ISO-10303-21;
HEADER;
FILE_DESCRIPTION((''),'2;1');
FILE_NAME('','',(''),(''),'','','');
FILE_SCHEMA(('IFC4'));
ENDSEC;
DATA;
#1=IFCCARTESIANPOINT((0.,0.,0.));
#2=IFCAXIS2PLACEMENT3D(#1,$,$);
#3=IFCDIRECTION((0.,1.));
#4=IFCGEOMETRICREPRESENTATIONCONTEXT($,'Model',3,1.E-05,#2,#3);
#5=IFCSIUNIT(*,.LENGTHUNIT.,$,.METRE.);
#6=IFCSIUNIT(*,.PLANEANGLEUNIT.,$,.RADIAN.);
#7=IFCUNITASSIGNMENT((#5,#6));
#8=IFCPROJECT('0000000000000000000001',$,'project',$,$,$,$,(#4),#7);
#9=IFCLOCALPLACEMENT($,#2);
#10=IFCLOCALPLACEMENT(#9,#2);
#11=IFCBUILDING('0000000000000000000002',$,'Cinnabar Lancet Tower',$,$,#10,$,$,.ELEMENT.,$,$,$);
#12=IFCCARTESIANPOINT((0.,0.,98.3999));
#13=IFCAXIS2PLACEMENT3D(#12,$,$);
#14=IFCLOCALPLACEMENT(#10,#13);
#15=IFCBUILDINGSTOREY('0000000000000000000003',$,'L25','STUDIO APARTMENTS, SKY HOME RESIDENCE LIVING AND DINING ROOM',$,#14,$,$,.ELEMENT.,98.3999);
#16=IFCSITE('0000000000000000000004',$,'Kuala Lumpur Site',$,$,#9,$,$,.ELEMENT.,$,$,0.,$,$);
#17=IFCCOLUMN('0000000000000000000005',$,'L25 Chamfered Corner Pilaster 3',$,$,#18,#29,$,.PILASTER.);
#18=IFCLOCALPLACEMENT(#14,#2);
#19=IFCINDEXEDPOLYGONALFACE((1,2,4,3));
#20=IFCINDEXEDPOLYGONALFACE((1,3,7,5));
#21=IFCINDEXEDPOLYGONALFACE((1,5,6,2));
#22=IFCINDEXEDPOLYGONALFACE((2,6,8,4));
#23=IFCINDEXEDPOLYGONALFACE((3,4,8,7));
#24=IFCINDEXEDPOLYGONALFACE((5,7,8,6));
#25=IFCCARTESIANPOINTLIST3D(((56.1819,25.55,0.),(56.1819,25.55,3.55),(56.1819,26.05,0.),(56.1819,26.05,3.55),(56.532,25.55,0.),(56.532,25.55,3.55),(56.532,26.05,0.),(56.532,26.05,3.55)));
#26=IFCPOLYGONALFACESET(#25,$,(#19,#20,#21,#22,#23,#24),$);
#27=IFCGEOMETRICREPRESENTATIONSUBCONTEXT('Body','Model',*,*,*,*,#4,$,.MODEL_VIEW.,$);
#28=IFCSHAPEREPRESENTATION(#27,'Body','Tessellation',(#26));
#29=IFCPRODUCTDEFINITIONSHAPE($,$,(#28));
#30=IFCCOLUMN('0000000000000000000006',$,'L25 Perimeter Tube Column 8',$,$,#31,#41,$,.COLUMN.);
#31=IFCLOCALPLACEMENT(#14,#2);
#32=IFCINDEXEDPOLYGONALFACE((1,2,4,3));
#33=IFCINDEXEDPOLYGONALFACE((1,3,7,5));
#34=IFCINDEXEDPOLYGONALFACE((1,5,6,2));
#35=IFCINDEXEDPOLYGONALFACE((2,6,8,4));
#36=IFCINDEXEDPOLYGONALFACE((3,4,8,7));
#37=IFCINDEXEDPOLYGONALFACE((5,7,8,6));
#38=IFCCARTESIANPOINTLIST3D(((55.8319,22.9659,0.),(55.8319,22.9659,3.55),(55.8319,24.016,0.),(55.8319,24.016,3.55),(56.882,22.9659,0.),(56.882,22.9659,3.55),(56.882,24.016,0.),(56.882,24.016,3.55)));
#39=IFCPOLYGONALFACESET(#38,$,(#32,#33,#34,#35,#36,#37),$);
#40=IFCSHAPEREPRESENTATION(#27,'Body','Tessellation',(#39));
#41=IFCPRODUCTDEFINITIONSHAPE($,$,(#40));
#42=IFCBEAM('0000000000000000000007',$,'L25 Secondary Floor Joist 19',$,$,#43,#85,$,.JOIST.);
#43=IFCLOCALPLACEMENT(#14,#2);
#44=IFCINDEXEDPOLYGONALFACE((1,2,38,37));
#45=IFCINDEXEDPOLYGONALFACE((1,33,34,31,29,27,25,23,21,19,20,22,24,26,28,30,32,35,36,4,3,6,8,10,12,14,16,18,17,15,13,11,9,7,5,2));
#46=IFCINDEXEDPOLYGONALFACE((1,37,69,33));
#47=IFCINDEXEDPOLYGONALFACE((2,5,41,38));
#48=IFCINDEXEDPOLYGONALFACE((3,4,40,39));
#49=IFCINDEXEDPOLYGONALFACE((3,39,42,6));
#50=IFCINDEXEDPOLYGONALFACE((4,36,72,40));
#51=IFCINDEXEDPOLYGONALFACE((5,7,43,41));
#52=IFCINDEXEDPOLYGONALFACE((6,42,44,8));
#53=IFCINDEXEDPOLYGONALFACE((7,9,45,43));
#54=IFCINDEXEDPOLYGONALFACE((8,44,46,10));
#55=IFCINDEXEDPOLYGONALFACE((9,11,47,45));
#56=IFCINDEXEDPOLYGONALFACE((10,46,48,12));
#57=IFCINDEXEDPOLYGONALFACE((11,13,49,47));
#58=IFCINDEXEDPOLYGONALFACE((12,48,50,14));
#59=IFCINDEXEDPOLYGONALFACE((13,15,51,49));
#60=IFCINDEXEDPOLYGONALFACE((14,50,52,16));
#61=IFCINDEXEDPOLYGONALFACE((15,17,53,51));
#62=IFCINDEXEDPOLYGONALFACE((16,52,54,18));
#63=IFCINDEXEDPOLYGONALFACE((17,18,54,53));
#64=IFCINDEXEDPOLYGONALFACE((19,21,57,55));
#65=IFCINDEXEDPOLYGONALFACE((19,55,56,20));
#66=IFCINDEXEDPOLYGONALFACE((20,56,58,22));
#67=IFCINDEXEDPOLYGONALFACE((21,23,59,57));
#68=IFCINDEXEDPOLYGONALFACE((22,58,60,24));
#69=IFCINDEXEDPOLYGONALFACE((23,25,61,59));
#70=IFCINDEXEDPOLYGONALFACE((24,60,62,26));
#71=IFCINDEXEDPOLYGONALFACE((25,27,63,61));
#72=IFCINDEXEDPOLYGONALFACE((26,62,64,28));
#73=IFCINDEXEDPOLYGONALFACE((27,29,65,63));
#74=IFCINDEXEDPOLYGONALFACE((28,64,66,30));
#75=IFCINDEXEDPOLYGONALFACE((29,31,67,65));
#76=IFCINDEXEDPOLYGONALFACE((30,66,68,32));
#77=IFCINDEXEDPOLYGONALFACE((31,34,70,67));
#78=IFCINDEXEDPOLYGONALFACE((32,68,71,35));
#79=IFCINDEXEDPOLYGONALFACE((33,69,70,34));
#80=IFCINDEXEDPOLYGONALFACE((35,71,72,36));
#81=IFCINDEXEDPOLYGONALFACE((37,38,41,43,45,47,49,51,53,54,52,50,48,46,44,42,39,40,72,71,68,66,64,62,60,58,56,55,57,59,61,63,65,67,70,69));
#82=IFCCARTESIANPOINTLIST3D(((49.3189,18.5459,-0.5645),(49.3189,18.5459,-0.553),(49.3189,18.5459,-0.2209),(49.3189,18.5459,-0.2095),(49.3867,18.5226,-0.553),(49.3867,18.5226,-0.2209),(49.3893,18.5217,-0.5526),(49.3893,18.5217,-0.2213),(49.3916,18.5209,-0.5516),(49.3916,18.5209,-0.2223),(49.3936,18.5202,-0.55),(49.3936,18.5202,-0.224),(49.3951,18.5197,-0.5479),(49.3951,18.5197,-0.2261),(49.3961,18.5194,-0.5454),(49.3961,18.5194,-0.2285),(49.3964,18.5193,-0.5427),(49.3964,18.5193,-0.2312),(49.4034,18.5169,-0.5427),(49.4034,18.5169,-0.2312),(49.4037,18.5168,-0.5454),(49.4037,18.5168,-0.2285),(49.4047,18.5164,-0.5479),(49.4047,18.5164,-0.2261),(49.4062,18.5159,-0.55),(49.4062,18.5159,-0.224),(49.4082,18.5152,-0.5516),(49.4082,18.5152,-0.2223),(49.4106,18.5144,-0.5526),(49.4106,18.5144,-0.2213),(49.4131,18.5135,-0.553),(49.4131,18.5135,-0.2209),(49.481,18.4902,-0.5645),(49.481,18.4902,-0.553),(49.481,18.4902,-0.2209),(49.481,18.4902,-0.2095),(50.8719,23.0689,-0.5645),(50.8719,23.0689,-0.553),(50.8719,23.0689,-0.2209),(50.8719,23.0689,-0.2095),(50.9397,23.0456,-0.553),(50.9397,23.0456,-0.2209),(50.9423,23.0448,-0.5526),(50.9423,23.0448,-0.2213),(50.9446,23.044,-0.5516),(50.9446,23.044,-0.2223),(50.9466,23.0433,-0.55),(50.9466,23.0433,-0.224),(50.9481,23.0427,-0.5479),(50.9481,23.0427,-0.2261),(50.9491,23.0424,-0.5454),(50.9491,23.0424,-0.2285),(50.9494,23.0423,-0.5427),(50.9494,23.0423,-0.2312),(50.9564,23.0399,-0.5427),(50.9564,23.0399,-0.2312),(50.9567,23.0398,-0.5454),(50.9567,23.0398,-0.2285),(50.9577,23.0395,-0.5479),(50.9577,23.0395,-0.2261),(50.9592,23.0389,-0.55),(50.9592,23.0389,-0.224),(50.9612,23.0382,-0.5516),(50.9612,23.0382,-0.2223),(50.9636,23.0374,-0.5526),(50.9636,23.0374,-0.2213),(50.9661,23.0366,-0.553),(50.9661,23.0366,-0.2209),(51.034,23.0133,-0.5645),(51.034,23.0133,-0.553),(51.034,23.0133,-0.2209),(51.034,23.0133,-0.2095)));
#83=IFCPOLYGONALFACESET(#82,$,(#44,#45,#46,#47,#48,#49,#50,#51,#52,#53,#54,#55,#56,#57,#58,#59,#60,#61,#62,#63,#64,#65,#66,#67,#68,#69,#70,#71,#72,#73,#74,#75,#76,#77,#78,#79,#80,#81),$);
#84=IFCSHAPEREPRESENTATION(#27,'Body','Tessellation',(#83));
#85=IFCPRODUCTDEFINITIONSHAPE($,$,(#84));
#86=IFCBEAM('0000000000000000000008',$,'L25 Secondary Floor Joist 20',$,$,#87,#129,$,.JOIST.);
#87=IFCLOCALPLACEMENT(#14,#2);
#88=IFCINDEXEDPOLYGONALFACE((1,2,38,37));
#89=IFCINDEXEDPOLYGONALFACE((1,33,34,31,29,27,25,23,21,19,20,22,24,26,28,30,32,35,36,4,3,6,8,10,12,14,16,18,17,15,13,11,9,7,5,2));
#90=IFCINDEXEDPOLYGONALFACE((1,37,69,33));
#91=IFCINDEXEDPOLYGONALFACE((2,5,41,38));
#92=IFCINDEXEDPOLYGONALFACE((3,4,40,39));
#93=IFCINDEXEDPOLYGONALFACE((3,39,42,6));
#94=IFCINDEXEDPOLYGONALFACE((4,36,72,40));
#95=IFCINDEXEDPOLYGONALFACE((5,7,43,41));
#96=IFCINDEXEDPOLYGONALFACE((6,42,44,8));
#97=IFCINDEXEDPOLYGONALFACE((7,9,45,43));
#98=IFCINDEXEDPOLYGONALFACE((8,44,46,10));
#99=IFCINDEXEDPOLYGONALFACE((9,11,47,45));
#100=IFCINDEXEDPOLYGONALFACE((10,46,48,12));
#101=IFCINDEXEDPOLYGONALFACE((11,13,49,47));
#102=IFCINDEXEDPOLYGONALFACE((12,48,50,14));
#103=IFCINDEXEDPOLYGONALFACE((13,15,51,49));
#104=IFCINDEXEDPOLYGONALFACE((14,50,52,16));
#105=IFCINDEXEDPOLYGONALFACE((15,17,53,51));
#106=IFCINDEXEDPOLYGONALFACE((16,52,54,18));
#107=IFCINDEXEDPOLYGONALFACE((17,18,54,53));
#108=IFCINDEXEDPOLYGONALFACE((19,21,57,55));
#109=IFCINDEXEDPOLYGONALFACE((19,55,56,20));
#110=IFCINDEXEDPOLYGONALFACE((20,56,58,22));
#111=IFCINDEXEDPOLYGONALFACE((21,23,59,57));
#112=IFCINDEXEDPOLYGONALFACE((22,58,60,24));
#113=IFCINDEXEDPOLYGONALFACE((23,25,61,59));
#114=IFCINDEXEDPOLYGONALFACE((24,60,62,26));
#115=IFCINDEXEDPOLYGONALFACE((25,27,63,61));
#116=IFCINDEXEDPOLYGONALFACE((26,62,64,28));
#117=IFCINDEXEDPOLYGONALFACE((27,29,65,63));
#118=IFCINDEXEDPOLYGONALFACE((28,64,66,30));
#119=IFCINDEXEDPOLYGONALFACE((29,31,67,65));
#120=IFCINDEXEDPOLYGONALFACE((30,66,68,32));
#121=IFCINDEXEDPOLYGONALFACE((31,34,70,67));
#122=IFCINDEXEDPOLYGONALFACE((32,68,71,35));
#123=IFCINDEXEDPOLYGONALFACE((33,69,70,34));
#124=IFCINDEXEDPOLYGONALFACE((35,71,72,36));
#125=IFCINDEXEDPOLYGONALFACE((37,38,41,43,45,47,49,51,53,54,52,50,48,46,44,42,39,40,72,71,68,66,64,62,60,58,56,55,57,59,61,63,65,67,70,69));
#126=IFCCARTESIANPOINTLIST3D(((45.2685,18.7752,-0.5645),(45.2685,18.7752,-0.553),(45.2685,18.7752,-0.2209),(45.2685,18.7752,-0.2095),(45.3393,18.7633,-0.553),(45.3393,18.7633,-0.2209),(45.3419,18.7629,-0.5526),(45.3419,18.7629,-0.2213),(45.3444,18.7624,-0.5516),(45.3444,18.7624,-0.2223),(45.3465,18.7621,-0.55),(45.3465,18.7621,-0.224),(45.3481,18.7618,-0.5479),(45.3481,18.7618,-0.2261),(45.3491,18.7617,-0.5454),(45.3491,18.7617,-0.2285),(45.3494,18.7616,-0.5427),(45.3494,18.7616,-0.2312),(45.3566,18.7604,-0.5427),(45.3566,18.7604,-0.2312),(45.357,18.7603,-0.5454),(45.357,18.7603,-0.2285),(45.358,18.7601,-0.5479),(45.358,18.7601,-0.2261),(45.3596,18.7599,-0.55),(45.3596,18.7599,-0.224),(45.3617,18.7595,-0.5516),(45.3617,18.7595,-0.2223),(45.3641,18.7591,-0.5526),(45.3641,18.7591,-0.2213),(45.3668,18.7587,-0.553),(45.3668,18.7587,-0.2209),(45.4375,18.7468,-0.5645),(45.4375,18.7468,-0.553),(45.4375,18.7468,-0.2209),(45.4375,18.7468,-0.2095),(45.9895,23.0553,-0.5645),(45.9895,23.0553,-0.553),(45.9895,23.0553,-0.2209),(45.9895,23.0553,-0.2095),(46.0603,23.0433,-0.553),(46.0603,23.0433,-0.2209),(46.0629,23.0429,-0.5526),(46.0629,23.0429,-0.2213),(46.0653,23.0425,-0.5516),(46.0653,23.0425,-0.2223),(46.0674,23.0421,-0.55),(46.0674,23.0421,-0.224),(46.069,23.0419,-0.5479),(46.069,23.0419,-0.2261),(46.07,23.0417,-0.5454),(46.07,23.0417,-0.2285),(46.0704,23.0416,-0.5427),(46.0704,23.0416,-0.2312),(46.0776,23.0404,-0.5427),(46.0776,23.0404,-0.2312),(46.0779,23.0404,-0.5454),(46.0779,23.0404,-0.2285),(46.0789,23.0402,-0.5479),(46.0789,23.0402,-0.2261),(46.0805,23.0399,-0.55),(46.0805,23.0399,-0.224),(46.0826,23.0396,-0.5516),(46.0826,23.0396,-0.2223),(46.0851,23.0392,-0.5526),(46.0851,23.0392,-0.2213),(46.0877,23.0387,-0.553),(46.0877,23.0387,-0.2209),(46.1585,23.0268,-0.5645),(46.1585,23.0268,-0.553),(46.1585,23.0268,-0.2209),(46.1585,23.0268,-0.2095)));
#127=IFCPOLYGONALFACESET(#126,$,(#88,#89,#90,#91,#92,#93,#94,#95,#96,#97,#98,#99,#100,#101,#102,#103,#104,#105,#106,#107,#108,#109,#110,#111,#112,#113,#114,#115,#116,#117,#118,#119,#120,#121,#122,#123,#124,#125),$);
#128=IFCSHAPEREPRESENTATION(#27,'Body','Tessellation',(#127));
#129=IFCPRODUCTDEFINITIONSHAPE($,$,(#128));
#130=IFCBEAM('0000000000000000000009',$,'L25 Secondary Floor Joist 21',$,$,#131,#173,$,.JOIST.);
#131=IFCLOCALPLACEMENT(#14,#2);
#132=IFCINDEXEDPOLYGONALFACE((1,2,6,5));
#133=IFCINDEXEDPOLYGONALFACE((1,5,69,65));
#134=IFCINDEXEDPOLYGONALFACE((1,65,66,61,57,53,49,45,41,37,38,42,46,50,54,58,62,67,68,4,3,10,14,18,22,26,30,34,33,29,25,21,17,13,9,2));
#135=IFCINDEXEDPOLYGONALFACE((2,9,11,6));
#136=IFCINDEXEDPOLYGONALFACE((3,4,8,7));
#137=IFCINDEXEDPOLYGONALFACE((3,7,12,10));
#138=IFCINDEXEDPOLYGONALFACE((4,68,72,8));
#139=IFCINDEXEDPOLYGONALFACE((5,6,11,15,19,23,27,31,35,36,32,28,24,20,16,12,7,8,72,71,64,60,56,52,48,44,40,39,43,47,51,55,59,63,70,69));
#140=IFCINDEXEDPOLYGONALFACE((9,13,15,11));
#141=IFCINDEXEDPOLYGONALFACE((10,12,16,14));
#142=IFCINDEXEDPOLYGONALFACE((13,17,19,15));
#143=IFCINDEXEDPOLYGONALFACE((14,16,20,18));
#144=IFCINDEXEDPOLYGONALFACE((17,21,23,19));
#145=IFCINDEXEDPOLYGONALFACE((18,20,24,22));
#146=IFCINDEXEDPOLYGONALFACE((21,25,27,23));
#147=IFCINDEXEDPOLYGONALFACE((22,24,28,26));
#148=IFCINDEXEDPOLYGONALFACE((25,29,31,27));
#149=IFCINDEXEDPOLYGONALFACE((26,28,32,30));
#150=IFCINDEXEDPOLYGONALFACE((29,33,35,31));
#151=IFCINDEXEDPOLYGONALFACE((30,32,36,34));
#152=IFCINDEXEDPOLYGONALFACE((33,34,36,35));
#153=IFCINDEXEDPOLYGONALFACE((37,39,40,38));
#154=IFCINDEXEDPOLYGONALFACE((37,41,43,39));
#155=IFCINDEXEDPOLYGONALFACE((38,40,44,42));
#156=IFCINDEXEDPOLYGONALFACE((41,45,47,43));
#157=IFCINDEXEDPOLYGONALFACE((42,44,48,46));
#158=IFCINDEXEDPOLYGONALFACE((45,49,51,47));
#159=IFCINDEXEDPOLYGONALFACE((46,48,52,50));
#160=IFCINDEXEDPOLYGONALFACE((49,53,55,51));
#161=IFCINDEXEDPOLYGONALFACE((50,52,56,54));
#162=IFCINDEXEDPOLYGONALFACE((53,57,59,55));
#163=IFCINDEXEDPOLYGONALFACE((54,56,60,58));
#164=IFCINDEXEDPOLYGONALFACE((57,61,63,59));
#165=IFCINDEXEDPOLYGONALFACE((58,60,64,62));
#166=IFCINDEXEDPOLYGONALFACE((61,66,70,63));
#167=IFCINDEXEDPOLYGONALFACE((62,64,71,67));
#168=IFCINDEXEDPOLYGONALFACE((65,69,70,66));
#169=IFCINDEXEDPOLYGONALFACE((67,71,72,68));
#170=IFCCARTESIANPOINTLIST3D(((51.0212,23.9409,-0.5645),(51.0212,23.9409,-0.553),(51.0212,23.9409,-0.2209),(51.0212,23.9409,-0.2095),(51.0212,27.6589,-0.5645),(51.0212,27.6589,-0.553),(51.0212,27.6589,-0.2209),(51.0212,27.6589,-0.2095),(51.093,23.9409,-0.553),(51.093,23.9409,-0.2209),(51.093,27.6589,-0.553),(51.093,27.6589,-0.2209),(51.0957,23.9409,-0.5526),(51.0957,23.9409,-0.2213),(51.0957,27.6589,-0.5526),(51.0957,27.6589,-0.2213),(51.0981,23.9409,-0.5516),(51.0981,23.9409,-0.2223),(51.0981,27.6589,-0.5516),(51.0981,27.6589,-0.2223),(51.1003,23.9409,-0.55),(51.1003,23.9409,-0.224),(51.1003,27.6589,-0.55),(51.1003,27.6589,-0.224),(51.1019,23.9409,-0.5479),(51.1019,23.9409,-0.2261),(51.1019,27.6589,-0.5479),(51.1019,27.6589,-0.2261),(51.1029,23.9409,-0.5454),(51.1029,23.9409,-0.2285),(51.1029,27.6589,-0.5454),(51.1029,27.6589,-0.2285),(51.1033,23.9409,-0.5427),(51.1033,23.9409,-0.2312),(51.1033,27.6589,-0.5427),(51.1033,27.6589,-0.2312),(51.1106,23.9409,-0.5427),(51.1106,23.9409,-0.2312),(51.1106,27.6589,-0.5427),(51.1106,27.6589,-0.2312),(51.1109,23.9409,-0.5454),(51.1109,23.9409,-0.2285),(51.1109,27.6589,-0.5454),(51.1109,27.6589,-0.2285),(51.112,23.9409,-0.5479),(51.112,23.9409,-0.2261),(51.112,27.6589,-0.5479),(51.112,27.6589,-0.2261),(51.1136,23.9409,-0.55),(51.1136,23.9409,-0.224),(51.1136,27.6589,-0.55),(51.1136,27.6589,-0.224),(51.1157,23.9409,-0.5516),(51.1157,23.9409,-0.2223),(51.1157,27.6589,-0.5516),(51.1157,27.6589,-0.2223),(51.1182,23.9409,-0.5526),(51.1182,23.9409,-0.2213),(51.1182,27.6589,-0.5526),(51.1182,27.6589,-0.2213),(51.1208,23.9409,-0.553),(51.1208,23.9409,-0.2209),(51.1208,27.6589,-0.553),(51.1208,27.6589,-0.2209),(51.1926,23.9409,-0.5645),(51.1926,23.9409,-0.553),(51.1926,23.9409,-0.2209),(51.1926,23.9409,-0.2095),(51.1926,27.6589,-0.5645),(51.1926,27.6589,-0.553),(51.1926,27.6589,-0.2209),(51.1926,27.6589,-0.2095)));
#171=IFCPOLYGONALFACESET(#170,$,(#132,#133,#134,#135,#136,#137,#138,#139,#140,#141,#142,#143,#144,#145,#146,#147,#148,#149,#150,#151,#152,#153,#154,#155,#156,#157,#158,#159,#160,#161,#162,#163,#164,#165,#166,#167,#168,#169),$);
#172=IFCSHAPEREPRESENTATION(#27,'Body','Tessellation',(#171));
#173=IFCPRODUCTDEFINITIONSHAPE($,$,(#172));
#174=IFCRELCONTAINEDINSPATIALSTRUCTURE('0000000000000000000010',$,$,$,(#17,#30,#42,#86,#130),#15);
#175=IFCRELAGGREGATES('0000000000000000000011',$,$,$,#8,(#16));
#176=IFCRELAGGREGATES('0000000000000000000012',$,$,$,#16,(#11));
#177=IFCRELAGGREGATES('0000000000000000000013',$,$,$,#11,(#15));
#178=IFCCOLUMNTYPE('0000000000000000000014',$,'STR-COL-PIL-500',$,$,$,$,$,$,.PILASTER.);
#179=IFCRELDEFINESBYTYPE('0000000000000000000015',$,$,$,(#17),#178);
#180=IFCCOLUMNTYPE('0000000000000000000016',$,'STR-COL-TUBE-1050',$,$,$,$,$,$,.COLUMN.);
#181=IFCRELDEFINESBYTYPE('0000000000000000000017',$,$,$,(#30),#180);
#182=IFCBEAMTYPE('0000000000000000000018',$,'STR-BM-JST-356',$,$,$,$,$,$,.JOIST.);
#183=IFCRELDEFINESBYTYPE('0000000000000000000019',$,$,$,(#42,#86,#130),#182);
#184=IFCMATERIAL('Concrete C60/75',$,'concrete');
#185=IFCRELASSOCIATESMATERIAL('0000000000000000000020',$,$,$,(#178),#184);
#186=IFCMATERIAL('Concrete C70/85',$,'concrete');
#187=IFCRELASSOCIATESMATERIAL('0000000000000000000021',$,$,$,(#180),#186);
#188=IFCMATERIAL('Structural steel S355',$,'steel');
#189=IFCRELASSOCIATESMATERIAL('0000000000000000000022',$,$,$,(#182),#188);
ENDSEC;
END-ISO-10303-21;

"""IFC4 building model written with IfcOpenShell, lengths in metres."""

from ifc_helpers import new_model, si_unit, direction, frame, origin, origin_2d, place, context, subcontext, project, spatial, rectangle, i_section, extrude, material, material_profile, profile_set, type_object, element, save


model = new_model("IFC4")

# Units and contexts
model_context = context("Model", 3, precision=1e-05, world=origin(), true_north=direction((0.0, 1.0)))
body_context = subcontext(model_context, "Body", "Model", "MODEL_VIEW")
ifc_project = project(units=[si_unit("LENGTHUNIT", "METRE"), si_unit("PLANEANGLEUNIT", "RADIAN")], contexts=[model_context])

# Site, building, storey
site_placement = place(None, origin())
site = spatial("IfcSite", under=ifc_project, at=site_placement, Name="Kuala Lumpur Site", CompositionType="ELEMENT", RefElevation=0.0)
building_placement = place(site_placement, origin())
building = spatial("IfcBuilding", under=site, at=building_placement, Name="Cinnabar Lancet Tower", CompositionType="ELEMENT")
storey_placement = place(building_placement, frame((0.0, 0.0, 98.3999)))
storey = spatial("IfcBuildingStorey", under=building, at=storey_placement, Name="L25", Description="STUDIO APARTMENTS, SKY HOME RESIDENCE LIVING AND DINING ROOM", CompositionType="ELEMENT", Elevation=98.3999)

# Columns
ifc_material_1 = material(Name="Concrete C60/75", Category="concrete")
ifc_material_profile_1 = material_profile(ifc_material_1, rectangle(XDim=0.5, YDim=0.3501, at=origin_2d()), Name="RC-PIL 500x350")
ifc_profile_set_1 = profile_set([ifc_material_profile_1], Name="Concrete C60/75")
column_type_1 = type_object("IfcColumnType", Name="STR-COL-PIL-500", PredefinedType="PILASTER", material=ifc_profile_set_1)
column_1_placement = place(storey_placement, frame((56.3569, 25.8, 0.0), z_axis=(0.0, 0.0, 1.0), x_axis=(0.0, 1.0, 0.0)))
element("IfcColumn", 1, at=column_1_placement, inside=storey, type_object=column_type_1, Name="L25 Chamfered Corner Pilaster 3", PredefinedType="PILASTER", context=body_context, shape_type="SweptSolid", body=[
    extrude(rectangle(XDim=0.5, YDim=0.3501, at=origin_2d()), origin(), (0.0, 0.0, 1.0), 3.55),
])
ifc_material_2 = material(Name="Concrete C70/85", Category="concrete")
ifc_material_profile_2 = material_profile(ifc_material_2, rectangle(XDim=1.05, YDim=1.05, at=origin_2d()), Name="RC-COL 1050x1050")
ifc_profile_set_2 = profile_set([ifc_material_profile_2], Name="Concrete C70/85")
column_type_2 = type_object("IfcColumnType", Name="STR-COL-TUBE-1050", PredefinedType="COLUMN", material=ifc_profile_set_2)
column_2_placement = place(storey_placement, frame((56.3569, 23.491, 0.0), z_axis=(0.0, 0.0, 1.0), x_axis=(1.0, 0.0, 0.0)))
element("IfcColumn", 2, at=column_2_placement, inside=storey, type_object=column_type_2, Name="L25 Perimeter Tube Column 8", PredefinedType="COLUMN", context=body_context, shape_type="SweptSolid", body=[
    extrude(rectangle(XDim=1.05, YDim=1.05, at=origin_2d()), origin(), (0.0, 0.0, 1.0), 3.55),
])

# Beams
ifc_material_3 = material(Name="Structural steel S355", Category="steel")
ifc_material_profile_3 = material_profile(ifc_material_3, i_section(OverallWidth=0.1714, OverallDepth=0.355, WebThickness=0.0073, FlangeThickness=0.0115, FilletRadius=0.0103, at=origin_2d()), Name="UKB 356x171x51")
ifc_profile_set_3 = profile_set([ifc_material_profile_3], Name="Structural steel S355")
beam_type = type_object("IfcBeamType", Name="STR-BM-JST-356", PredefinedType="JOIST", material=ifc_profile_set_3)
beam_1_placement = place(storey_placement, frame((49.3999, 18.5181, -0.387), z_axis=(0.324746, 0.945801, 0.0), x_axis=(-0.945801, 0.324746, 0.0)))
element("IfcBeam", 3, at=beam_1_placement, inside=storey, type_object=beam_type, Name="L25 Secondary Floor Joist 19", PredefinedType="JOIST", context=body_context, shape_type="SweptSolid", body=[
    extrude(i_section(OverallWidth=0.1714, OverallDepth=0.355, WebThickness=0.0073, FlangeThickness=0.0115, FilletRadius=0.0103, at=origin_2d()), origin(), (0.0, 0.0, 1.0), 4.7822),
])
beam_2_placement = place(storey_placement, frame((45.353, 18.761, -0.387), z_axis=(0.166104, 0.986108, 0.0), x_axis=(-0.986108, 0.166104, 0.0)))
element("IfcBeam", 4, at=beam_2_placement, inside=storey, type_object=beam_type, Name="L25 Secondary Floor Joist 20", PredefinedType="JOIST", context=body_context, shape_type="SweptSolid", body=[
    extrude(i_section(OverallWidth=0.1714, OverallDepth=0.355, WebThickness=0.0073, FlangeThickness=0.0115, FilletRadius=0.0103, at=origin_2d()), origin(), (0.0, 0.0, 1.0), 4.3403),
])
for number, where, z_axis, x_axis, name in (
    (5, (51.1069, 23.9409, -0.387), (0.0, 1.0, 0.0), (-1.0, 0.0, 0.0), "L25 Secondary Floor Joist 21"),
):
    element("IfcBeam", number, at=place(storey_placement, frame(where, z_axis=z_axis, x_axis=x_axis)), inside=storey, type_object=beam_type, Name=name, PredefinedType="JOIST", context=body_context, shape_type="SweptSolid", body=[
        extrude(i_section(OverallWidth=0.1714, OverallDepth=0.355, WebThickness=0.0073, FlangeThickness=0.0115, FilletRadius=0.0103, at=origin_2d()), origin(), (0.0, 0.0, 1.0), 3.718),
    ])

save(model, "model.ifc")
